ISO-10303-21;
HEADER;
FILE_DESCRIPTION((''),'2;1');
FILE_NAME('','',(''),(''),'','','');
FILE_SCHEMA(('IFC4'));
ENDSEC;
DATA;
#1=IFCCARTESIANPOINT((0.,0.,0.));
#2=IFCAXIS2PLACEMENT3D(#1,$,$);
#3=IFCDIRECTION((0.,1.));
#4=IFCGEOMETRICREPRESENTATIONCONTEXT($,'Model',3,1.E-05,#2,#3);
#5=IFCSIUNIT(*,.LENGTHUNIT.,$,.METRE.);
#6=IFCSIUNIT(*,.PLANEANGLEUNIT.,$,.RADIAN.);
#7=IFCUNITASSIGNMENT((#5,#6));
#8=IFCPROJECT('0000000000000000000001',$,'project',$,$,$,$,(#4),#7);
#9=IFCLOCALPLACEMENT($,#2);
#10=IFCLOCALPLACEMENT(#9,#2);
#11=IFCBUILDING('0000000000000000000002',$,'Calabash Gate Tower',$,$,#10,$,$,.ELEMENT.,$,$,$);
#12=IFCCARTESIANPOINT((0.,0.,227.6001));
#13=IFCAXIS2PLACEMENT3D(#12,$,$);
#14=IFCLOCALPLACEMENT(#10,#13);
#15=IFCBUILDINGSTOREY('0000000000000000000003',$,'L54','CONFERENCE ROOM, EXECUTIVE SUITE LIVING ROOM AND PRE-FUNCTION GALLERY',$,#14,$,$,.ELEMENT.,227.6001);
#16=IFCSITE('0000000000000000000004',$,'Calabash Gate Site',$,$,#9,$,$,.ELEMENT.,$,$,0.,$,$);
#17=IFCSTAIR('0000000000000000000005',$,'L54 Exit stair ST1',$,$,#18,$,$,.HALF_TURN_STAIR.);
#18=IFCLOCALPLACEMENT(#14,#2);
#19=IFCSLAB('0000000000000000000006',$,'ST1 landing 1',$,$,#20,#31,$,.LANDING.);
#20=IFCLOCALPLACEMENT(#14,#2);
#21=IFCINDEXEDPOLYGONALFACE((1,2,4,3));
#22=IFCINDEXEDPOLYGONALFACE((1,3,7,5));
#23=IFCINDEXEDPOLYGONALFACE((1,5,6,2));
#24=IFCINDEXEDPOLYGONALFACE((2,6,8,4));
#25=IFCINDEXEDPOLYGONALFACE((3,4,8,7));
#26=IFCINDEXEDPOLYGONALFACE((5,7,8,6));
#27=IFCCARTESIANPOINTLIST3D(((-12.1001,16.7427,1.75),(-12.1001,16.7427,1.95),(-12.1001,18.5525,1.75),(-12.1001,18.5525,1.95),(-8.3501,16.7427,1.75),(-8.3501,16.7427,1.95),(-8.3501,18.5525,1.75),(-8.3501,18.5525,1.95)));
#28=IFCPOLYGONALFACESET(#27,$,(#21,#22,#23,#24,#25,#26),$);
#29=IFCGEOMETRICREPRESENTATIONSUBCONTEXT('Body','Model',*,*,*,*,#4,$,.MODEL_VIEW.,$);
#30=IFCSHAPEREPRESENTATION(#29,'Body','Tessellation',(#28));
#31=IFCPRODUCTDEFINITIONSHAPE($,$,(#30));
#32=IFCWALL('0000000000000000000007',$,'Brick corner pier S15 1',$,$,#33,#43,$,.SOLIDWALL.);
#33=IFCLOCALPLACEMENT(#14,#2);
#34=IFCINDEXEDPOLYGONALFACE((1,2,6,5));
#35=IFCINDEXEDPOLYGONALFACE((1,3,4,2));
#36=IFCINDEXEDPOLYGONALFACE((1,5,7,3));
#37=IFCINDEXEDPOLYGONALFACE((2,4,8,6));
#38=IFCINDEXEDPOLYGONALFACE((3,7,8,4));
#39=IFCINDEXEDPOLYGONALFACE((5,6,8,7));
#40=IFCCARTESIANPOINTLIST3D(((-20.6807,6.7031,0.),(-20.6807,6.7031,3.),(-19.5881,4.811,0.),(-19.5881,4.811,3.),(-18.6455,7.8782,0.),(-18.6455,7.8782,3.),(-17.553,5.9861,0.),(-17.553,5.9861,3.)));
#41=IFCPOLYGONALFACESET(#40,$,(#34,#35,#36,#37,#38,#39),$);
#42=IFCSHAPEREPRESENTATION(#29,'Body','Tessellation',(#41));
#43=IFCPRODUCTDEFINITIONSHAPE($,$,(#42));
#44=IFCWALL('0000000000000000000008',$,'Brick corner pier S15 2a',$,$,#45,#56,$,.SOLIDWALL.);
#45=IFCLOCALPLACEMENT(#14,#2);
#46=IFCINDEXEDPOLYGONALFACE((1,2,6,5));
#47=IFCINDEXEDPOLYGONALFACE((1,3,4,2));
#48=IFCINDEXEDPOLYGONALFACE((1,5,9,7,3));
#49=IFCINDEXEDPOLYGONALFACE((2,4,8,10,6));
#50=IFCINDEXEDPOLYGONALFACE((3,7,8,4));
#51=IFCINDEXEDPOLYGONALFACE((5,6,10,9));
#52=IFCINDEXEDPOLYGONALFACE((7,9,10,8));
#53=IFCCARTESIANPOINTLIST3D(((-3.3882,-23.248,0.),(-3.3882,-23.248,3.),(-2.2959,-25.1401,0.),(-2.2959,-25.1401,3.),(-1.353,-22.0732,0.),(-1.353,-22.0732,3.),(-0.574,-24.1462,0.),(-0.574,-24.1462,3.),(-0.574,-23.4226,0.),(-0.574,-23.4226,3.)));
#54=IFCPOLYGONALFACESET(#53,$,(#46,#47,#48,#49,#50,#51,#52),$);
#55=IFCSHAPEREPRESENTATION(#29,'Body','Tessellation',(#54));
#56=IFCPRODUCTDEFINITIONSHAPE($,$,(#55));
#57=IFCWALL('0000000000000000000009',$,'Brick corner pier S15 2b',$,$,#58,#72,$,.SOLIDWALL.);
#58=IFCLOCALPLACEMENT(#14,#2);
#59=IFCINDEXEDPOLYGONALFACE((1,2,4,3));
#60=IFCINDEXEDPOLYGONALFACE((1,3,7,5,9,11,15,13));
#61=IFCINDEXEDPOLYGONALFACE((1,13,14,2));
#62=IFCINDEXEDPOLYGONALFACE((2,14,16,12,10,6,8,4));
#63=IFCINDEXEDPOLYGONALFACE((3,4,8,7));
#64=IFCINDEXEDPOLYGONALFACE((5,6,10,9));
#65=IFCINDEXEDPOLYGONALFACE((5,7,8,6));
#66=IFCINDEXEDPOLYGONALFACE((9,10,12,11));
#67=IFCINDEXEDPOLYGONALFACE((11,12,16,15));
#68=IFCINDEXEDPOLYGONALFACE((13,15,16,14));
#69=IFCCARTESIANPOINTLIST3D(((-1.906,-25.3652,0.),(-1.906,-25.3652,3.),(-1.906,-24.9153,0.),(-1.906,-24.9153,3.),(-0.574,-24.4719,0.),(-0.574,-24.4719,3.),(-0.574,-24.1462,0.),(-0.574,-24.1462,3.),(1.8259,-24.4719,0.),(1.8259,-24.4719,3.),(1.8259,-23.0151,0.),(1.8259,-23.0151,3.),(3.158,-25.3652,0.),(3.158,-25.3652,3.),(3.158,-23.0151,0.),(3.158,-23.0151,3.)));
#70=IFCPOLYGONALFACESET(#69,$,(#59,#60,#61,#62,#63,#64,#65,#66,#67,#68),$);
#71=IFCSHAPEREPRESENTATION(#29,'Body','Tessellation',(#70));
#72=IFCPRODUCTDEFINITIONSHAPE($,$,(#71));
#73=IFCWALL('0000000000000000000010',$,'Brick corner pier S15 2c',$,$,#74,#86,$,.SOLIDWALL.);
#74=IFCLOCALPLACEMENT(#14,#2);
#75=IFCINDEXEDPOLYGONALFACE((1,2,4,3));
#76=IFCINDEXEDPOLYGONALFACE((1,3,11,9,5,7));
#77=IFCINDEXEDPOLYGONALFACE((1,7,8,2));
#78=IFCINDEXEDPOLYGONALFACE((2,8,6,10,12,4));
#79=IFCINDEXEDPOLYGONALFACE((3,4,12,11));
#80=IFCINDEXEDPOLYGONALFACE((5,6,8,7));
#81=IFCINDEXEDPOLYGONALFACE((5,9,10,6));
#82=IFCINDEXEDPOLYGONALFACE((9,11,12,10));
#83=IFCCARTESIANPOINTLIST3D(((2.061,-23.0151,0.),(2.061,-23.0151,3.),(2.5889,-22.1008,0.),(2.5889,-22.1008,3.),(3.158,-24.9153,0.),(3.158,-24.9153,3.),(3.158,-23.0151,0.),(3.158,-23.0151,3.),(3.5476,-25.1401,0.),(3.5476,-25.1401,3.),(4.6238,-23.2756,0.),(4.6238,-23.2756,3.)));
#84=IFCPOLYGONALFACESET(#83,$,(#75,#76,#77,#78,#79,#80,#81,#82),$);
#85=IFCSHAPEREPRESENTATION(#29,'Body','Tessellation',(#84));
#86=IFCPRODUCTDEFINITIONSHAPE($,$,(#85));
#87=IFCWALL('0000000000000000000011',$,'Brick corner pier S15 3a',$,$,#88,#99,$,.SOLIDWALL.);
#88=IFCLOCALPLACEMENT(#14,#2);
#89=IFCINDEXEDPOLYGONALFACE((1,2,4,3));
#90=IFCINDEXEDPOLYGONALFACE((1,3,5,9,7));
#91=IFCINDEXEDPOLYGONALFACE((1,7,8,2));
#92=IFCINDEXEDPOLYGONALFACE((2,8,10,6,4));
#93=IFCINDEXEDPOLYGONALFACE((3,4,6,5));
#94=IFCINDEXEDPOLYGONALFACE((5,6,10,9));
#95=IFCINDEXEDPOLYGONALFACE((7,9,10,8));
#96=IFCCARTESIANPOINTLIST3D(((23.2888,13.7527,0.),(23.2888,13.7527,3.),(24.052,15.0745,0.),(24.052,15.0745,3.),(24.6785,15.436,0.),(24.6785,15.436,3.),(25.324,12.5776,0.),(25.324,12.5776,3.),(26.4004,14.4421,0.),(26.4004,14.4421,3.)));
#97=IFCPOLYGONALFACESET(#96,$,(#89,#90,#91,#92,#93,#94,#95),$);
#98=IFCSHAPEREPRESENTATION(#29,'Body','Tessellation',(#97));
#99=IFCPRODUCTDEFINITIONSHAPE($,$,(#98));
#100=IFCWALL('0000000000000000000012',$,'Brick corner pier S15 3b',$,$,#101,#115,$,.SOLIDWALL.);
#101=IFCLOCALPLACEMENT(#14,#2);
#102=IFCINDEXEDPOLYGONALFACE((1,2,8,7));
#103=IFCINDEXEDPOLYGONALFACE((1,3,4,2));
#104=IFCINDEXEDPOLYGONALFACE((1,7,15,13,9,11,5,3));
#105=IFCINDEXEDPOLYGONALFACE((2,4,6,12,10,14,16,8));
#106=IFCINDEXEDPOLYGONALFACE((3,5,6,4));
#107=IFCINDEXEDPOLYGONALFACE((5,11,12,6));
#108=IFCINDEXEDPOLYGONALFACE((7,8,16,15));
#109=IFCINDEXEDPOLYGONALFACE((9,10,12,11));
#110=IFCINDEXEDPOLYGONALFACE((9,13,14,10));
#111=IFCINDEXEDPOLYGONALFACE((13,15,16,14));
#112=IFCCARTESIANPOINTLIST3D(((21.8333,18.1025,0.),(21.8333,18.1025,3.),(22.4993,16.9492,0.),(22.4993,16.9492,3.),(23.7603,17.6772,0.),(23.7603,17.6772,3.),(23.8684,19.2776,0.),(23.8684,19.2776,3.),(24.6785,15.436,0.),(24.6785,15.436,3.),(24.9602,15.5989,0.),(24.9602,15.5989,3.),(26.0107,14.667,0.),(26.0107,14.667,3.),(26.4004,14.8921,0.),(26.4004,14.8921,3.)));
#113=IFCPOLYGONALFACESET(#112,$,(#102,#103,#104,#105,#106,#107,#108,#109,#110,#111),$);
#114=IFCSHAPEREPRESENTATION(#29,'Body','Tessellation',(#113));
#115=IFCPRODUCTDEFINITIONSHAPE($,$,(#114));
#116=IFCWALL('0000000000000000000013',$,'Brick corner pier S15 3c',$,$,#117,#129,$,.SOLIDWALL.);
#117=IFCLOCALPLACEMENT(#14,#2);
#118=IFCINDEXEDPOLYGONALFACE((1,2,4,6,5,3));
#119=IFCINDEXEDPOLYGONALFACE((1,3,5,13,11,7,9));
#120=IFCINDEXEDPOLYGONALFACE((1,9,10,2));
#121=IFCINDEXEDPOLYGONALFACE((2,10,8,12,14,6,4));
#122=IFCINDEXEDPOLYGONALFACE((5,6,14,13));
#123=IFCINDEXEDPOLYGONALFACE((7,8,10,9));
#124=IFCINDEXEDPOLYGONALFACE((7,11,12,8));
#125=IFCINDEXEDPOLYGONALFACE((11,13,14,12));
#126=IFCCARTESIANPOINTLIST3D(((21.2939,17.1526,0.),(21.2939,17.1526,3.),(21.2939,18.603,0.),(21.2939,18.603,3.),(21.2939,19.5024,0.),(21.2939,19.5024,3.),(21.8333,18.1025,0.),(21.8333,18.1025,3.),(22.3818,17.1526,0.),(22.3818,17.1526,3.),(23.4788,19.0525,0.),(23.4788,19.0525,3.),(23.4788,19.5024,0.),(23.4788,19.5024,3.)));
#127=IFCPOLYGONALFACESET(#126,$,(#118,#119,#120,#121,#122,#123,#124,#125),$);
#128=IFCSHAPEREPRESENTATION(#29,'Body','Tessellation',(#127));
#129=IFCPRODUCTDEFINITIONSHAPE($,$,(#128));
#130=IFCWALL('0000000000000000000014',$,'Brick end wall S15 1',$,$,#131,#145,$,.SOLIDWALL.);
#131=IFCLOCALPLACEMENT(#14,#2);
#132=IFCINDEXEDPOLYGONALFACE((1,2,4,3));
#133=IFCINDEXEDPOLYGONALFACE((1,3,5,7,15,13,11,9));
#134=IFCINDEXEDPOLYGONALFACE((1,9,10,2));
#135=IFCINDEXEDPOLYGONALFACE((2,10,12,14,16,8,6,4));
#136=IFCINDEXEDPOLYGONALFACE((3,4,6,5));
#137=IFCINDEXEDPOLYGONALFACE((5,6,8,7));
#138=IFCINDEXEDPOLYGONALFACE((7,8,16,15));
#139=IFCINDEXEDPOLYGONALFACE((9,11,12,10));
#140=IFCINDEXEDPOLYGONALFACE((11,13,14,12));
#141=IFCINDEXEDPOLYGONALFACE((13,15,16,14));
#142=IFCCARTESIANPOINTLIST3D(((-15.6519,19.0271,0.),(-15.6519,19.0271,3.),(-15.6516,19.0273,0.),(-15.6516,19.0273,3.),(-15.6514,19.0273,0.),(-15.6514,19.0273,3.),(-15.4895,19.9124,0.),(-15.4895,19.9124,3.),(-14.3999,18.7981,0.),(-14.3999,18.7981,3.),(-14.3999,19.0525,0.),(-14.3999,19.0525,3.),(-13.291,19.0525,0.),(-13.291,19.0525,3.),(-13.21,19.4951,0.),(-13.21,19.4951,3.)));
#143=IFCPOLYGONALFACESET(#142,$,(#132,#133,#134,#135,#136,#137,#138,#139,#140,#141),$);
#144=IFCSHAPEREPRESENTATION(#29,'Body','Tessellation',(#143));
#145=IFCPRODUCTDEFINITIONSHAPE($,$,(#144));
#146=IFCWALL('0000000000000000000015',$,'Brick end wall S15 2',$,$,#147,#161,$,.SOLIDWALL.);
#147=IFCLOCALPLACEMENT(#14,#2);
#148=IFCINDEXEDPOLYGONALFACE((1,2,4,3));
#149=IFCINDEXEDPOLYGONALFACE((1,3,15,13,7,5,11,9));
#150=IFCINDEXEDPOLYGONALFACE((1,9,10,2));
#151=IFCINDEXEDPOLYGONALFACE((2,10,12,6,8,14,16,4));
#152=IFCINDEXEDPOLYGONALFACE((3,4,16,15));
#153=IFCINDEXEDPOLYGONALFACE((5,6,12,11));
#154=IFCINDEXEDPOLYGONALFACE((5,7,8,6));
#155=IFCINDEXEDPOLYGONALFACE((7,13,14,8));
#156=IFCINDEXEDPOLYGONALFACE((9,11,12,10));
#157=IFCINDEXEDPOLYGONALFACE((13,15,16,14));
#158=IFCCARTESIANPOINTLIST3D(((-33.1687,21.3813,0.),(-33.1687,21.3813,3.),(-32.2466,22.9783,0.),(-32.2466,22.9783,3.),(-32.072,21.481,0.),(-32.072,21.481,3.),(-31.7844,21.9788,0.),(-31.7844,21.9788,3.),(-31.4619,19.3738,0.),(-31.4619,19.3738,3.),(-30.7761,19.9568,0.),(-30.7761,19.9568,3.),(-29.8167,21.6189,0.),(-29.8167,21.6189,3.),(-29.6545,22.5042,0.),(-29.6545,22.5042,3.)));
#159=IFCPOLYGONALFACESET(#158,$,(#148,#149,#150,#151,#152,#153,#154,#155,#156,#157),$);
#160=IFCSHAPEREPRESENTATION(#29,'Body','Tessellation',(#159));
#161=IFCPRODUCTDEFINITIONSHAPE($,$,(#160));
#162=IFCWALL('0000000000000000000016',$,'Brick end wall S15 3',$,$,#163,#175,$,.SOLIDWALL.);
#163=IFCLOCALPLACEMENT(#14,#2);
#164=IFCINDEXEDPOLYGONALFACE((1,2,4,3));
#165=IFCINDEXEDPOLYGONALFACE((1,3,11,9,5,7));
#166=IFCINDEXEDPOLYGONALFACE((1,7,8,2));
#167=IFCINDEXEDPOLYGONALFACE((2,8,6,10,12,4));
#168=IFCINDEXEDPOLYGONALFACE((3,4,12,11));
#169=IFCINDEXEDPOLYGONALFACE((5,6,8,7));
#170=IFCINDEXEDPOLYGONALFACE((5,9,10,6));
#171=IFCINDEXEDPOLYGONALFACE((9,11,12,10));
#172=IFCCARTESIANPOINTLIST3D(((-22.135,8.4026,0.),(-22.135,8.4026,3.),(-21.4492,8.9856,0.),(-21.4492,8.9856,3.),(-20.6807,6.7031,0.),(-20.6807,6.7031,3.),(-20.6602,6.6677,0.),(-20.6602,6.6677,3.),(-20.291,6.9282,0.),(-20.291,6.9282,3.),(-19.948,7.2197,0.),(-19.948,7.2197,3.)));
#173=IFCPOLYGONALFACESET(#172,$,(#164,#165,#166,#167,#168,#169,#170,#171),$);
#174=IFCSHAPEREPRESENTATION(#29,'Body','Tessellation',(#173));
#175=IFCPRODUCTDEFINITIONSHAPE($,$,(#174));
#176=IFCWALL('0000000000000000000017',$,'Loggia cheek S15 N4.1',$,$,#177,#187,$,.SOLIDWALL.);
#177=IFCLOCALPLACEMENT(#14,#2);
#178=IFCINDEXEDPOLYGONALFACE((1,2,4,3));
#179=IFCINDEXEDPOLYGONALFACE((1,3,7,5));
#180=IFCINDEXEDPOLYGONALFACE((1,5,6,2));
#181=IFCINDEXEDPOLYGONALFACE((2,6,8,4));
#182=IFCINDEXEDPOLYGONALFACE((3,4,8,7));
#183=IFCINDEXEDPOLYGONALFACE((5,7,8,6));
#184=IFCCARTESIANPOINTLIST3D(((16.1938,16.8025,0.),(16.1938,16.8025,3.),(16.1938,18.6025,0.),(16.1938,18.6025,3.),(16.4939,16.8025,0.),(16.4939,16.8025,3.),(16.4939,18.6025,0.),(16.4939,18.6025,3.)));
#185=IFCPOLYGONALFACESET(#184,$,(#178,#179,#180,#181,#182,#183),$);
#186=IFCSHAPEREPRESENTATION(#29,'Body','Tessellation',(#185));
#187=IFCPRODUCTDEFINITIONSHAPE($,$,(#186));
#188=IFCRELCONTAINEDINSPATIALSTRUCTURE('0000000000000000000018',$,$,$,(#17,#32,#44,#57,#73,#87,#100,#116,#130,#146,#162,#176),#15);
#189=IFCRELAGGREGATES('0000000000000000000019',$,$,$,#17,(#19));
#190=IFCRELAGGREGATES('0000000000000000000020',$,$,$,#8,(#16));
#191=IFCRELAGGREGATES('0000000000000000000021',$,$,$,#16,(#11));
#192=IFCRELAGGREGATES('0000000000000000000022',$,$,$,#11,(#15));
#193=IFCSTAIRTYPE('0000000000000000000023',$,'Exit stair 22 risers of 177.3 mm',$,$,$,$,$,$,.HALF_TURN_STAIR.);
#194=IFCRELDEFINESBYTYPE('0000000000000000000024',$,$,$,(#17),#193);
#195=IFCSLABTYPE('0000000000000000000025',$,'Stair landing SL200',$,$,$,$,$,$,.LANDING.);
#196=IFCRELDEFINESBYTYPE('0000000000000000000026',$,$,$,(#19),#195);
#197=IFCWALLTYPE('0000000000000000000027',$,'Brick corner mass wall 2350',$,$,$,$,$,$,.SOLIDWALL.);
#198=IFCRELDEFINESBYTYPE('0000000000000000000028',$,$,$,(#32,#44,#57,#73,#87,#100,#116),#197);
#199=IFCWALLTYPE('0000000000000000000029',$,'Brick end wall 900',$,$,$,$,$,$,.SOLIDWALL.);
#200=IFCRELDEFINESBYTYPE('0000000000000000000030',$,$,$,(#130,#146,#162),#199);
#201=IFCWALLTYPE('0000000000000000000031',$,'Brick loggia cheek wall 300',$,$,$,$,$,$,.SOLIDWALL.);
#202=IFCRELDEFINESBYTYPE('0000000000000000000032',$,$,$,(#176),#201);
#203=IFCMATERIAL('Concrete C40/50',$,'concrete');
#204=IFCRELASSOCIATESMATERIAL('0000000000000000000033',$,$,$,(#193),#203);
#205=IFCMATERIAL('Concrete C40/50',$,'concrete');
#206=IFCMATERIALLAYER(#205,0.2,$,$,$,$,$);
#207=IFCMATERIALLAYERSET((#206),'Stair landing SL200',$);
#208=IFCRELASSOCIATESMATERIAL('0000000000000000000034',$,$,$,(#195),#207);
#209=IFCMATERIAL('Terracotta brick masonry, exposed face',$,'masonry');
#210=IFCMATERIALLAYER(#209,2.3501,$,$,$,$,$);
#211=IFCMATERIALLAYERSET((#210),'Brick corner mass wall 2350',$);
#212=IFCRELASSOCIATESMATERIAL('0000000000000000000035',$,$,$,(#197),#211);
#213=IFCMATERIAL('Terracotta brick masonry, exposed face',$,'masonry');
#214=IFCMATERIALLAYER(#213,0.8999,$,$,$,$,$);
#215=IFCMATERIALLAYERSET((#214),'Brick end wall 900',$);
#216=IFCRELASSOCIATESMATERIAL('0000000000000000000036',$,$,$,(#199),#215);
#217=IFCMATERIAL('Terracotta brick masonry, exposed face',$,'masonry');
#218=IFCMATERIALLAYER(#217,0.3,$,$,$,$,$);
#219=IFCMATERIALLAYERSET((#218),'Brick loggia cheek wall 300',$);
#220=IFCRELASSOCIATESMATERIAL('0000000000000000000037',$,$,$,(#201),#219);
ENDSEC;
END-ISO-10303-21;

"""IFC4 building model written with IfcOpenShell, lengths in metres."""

from ifc_helpers import new_model, si_unit, direction, frame, origin, place, context, subcontext, project, spatial, polyline, outline, extrude, material, layer, layer_set, type_object, element, aggregate, save


model = new_model("IFC4")

# Units and contexts
model_context = context("Model", 3, precision=1e-05, world=origin(), true_north=direction((0.0, 1.0)))
body_context = subcontext(model_context, "Body", "Model", "MODEL_VIEW")
ifc_project = project(units=[si_unit("LENGTHUNIT", "METRE"), si_unit("PLANEANGLEUNIT", "RADIAN")], contexts=[model_context])

# Site, building, storey
site_placement = place(None, origin())
site = spatial("IfcSite", under=ifc_project, at=site_placement, Name="Calabash Gate Site", CompositionType="ELEMENT", RefElevation=0.0)
building_placement = place(site_placement, origin())
building = spatial("IfcBuilding", under=site, at=building_placement, Name="Calabash Gate Tower", CompositionType="ELEMENT")
storey_placement = place(building_placement, frame((0.0, 0.0, 227.6001)))
storey = spatial("IfcBuildingStorey", under=building, at=storey_placement, Name="L54", Description="CONFERENCE ROOM, EXECUTIVE SUITE LIVING ROOM AND PRE-FUNCTION GALLERY", CompositionType="ELEMENT", Elevation=227.6001)

# Stair, slab
ifc_material_1 = material(Name="Concrete C40/50", Category="concrete")
stair_type = type_object("IfcStairType", Name="Exit stair 22 risers of 177.3 mm", PredefinedType="HALF_TURN_STAIR", material=ifc_material_1)
stair_placement = place(storey_placement, origin())
stair = element("IfcStair", 1, at=stair_placement, inside=storey, type_object=stair_type, Name="L54 Exit stair ST1", PredefinedType="HALF_TURN_STAIR")
ifc_material_2 = material(Name="Concrete C40/50", Category="concrete")
ifc_layer_1 = layer(ifc_material_2, 0.2)
ifc_layer_set_1 = layer_set([ifc_layer_1], Name="Stair landing SL200")
slab_type = type_object("IfcSlabType", Name="Stair landing SL200", PredefinedType="LANDING", material=ifc_layer_set_1)
slab_placement = place(storey_placement, frame((0.0, 0.0, 1.75)))
slab = element("IfcSlab", 2, at=slab_placement, type_object=slab_type, Name="ST1 landing 1", PredefinedType="LANDING", context=body_context, shape_type="SweptSolid", body=[
    extrude(outline(polyline([(-8.3501, 16.7427), (-8.3501, 18.5525), (-12.1001, 18.5525), (-12.1001, 16.7427), (-8.3501, 16.7427)])), origin(), (0.0, 0.0, 1.0), 0.2),
])
aggregate(stair, [slab])

# Walls
ifc_material_3 = material(Name="Terracotta brick masonry, exposed face", Category="masonry")
ifc_layer_2 = layer(ifc_material_3, 2.3501)
ifc_layer_set_2 = layer_set([ifc_layer_2], Name="Brick corner mass wall 2350")
wall_type_1 = type_object("IfcWallType", Name="Brick corner mass wall 2350", PredefinedType="SOLIDWALL", material=ifc_layer_set_2)
wall_1_placement = place(storey_placement, origin())
element("IfcWall", 3, at=wall_1_placement, inside=storey, type_object=wall_type_1, Name="Brick corner pier S15 1", PredefinedType="SOLIDWALL", context=body_context, shape_type="SweptSolid", body=[
    extrude(outline(polyline([(-19.5881, 4.811), (-17.553, 5.9861), (-18.6455, 7.8782), (-20.6807, 6.7031), (-19.5881, 4.811)])), origin(), (0.0, 0.0, 1.0), 3.0),
])
wall_2_placement = place(storey_placement, origin())
element("IfcWall", 4, at=wall_2_placement, inside=storey, type_object=wall_type_1, Name="Brick corner pier S15 2a", PredefinedType="SOLIDWALL", context=body_context, shape_type="SweptSolid", body=[
    extrude(outline(polyline([(-0.574, -23.4226), (-1.353, -22.0732), (-3.3882, -23.248), (-2.2959, -25.1401), (-0.574, -24.1462), (-0.574, -23.4226)])), origin(), (0.0, 0.0, 1.0), 3.0),
])
wall_3_placement = place(storey_placement, origin())
element("IfcWall", 5, at=wall_3_placement, inside=storey, type_object=wall_type_1, Name="Brick corner pier S15 2b", PredefinedType="SOLIDWALL", context=body_context, shape_type="SweptSolid", body=[
    extrude(outline(polyline([(1.8259, -24.4719), (-0.574, -24.4719), (-0.574, -24.1462), (-1.906, -24.9153), (-1.906, -25.3652), (3.158, -25.3652), (3.158, -23.0151), (1.8259, -23.0151), (1.8259, -24.4719)])), origin(), (0.0, 0.0, 1.0), 3.0),
])
wall_4_placement = place(storey_placement, origin())
element("IfcWall", 6, at=wall_4_placement, inside=storey, type_object=wall_type_1, Name="Brick corner pier S15 2c", PredefinedType="SOLIDWALL", context=body_context, shape_type="SweptSolid", body=[
    extrude(outline(polyline([(4.6238, -23.2756), (2.5889, -22.1008), (2.061, -23.0151), (3.158, -23.0151), (3.158, -24.9153), (3.5476, -25.1401), (4.6238, -23.2756)])), origin(), (0.0, 0.0, 1.0), 3.0),
])
wall_5_placement = place(storey_placement, origin())
element("IfcWall", 7, at=wall_5_placement, inside=storey, type_object=wall_type_1, Name="Brick corner pier S15 3a", PredefinedType="SOLIDWALL", context=body_context, shape_type="SweptSolid", body=[
    extrude(outline(polyline([(23.2888, 13.7527), (25.324, 12.5776), (26.4004, 14.4421), (24.6785, 15.436), (24.052, 15.0745), (23.2888, 13.7527)])), origin(), (0.0, 0.0, 1.0), 3.0),
])
wall_6_placement = place(storey_placement, origin())
element("IfcWall", 8, at=wall_6_placement, inside=storey, type_object=wall_type_1, Name="Brick corner pier S15 3b", PredefinedType="SOLIDWALL", context=body_context, shape_type="SweptSolid", body=[
    extrude(outline(polyline([(23.7603, 17.6772), (24.9602, 15.5989), (24.6785, 15.436), (26.0107, 14.667), (26.4004, 14.8921), (23.8684, 19.2776), (21.8333, 18.1025), (22.4993, 16.9492), (23.7603, 17.6772)])), origin(), (0.0, 0.0, 1.0), 3.0),
])
wall_7_placement = place(storey_placement, origin())
element("IfcWall", 9, at=wall_7_placement, inside=storey, type_object=wall_type_1, Name="Brick corner pier S15 3c", PredefinedType="SOLIDWALL", context=body_context, shape_type="SweptSolid", body=[
    extrude(outline(polyline([(21.2939, 18.603), (21.2939, 17.1526), (22.3818, 17.1526), (21.8333, 18.1025), (23.4788, 19.0525), (23.4788, 19.5024), (21.2939, 19.5024), (21.2939, 18.603), (21.2939, 18.603)])), origin(), (0.0, 0.0, 1.0), 3.0),
])
ifc_material_4 = material(Name="Terracotta brick masonry, exposed face", Category="masonry")
ifc_layer_3 = layer(ifc_material_4, 0.8999)
ifc_layer_set_3 = layer_set([ifc_layer_3], Name="Brick end wall 900")
wall_type_2 = type_object("IfcWallType", Name="Brick end wall 900", PredefinedType="SOLIDWALL", material=ifc_layer_set_3)
wall_8_placement = place(storey_placement, origin())
element("IfcWall", 10, at=wall_8_placement, inside=storey, type_object=wall_type_2, Name="Brick end wall S15 1", PredefinedType="SOLIDWALL", context=body_context, shape_type="SweptSolid", body=[
    extrude(outline(polyline([(-15.6516, 19.0273), (-15.6519, 19.0271), (-14.3999, 18.7981), (-14.3999, 19.0525), (-13.291, 19.0525), (-13.21, 19.4951), (-15.4895, 19.9124), (-15.6514, 19.0273), (-15.6516, 19.0273)])), origin(), (0.0, 0.0, 1.0), 3.0),
])
wall_9_placement = place(storey_placement, origin())
element("IfcWall", 11, at=wall_9_placement, inside=storey, type_object=wall_type_2, Name="Brick end wall S15 2", PredefinedType="SOLIDWALL", context=body_context, shape_type="SweptSolid", body=[
    extrude(outline(polyline([(-31.7844, 21.9788), (-29.8167, 21.6189), (-29.6545, 22.5042), (-32.2466, 22.9783), (-33.1687, 21.3813), (-31.4619, 19.3738), (-30.7761, 19.9568), (-32.072, 21.481), (-31.7844, 21.9788)])), origin(), (0.0, 0.0, 1.0), 3.0),
])
wall_10_placement = place(storey_placement, origin())
element("IfcWall", 12, at=wall_10_placement, inside=storey, type_object=wall_type_2, Name="Brick end wall S15 3", PredefinedType="SOLIDWALL", context=body_context, shape_type="SweptSolid", body=[
    extrude(outline(polyline([(-19.948, 7.2197), (-21.4492, 8.9856), (-22.135, 8.4026), (-20.6602, 6.6677), (-20.6807, 6.7031), (-20.291, 6.9282), (-19.948, 7.2197)])), origin(), (0.0, 0.0, 1.0), 3.0),
])
ifc_material_5 = material(Name="Terracotta brick masonry, exposed face", Category="masonry")
ifc_layer_4 = layer(ifc_material_5, 0.3)
ifc_layer_set_4 = layer_set([ifc_layer_4], Name="Brick loggia cheek wall 300")
wall_type_3 = type_object("IfcWallType", Name="Brick loggia cheek wall 300", PredefinedType="SOLIDWALL", material=ifc_layer_set_4)
wall_11_placement = place(storey_placement, origin())
element("IfcWall", 13, at=wall_11_placement, inside=storey, type_object=wall_type_3, Name="Loggia cheek S15 N4.1", PredefinedType="SOLIDWALL", context=body_context, shape_type="SweptSolid", body=[
    extrude(outline(polyline([(16.1938, 18.6025), (16.1938, 16.8025), (16.4939, 16.8025), (16.4939, 18.6025), (16.1938, 18.6025)])), origin(), (0.0, 0.0, 1.0), 3.0),
])

save(model, "model.ifc")
